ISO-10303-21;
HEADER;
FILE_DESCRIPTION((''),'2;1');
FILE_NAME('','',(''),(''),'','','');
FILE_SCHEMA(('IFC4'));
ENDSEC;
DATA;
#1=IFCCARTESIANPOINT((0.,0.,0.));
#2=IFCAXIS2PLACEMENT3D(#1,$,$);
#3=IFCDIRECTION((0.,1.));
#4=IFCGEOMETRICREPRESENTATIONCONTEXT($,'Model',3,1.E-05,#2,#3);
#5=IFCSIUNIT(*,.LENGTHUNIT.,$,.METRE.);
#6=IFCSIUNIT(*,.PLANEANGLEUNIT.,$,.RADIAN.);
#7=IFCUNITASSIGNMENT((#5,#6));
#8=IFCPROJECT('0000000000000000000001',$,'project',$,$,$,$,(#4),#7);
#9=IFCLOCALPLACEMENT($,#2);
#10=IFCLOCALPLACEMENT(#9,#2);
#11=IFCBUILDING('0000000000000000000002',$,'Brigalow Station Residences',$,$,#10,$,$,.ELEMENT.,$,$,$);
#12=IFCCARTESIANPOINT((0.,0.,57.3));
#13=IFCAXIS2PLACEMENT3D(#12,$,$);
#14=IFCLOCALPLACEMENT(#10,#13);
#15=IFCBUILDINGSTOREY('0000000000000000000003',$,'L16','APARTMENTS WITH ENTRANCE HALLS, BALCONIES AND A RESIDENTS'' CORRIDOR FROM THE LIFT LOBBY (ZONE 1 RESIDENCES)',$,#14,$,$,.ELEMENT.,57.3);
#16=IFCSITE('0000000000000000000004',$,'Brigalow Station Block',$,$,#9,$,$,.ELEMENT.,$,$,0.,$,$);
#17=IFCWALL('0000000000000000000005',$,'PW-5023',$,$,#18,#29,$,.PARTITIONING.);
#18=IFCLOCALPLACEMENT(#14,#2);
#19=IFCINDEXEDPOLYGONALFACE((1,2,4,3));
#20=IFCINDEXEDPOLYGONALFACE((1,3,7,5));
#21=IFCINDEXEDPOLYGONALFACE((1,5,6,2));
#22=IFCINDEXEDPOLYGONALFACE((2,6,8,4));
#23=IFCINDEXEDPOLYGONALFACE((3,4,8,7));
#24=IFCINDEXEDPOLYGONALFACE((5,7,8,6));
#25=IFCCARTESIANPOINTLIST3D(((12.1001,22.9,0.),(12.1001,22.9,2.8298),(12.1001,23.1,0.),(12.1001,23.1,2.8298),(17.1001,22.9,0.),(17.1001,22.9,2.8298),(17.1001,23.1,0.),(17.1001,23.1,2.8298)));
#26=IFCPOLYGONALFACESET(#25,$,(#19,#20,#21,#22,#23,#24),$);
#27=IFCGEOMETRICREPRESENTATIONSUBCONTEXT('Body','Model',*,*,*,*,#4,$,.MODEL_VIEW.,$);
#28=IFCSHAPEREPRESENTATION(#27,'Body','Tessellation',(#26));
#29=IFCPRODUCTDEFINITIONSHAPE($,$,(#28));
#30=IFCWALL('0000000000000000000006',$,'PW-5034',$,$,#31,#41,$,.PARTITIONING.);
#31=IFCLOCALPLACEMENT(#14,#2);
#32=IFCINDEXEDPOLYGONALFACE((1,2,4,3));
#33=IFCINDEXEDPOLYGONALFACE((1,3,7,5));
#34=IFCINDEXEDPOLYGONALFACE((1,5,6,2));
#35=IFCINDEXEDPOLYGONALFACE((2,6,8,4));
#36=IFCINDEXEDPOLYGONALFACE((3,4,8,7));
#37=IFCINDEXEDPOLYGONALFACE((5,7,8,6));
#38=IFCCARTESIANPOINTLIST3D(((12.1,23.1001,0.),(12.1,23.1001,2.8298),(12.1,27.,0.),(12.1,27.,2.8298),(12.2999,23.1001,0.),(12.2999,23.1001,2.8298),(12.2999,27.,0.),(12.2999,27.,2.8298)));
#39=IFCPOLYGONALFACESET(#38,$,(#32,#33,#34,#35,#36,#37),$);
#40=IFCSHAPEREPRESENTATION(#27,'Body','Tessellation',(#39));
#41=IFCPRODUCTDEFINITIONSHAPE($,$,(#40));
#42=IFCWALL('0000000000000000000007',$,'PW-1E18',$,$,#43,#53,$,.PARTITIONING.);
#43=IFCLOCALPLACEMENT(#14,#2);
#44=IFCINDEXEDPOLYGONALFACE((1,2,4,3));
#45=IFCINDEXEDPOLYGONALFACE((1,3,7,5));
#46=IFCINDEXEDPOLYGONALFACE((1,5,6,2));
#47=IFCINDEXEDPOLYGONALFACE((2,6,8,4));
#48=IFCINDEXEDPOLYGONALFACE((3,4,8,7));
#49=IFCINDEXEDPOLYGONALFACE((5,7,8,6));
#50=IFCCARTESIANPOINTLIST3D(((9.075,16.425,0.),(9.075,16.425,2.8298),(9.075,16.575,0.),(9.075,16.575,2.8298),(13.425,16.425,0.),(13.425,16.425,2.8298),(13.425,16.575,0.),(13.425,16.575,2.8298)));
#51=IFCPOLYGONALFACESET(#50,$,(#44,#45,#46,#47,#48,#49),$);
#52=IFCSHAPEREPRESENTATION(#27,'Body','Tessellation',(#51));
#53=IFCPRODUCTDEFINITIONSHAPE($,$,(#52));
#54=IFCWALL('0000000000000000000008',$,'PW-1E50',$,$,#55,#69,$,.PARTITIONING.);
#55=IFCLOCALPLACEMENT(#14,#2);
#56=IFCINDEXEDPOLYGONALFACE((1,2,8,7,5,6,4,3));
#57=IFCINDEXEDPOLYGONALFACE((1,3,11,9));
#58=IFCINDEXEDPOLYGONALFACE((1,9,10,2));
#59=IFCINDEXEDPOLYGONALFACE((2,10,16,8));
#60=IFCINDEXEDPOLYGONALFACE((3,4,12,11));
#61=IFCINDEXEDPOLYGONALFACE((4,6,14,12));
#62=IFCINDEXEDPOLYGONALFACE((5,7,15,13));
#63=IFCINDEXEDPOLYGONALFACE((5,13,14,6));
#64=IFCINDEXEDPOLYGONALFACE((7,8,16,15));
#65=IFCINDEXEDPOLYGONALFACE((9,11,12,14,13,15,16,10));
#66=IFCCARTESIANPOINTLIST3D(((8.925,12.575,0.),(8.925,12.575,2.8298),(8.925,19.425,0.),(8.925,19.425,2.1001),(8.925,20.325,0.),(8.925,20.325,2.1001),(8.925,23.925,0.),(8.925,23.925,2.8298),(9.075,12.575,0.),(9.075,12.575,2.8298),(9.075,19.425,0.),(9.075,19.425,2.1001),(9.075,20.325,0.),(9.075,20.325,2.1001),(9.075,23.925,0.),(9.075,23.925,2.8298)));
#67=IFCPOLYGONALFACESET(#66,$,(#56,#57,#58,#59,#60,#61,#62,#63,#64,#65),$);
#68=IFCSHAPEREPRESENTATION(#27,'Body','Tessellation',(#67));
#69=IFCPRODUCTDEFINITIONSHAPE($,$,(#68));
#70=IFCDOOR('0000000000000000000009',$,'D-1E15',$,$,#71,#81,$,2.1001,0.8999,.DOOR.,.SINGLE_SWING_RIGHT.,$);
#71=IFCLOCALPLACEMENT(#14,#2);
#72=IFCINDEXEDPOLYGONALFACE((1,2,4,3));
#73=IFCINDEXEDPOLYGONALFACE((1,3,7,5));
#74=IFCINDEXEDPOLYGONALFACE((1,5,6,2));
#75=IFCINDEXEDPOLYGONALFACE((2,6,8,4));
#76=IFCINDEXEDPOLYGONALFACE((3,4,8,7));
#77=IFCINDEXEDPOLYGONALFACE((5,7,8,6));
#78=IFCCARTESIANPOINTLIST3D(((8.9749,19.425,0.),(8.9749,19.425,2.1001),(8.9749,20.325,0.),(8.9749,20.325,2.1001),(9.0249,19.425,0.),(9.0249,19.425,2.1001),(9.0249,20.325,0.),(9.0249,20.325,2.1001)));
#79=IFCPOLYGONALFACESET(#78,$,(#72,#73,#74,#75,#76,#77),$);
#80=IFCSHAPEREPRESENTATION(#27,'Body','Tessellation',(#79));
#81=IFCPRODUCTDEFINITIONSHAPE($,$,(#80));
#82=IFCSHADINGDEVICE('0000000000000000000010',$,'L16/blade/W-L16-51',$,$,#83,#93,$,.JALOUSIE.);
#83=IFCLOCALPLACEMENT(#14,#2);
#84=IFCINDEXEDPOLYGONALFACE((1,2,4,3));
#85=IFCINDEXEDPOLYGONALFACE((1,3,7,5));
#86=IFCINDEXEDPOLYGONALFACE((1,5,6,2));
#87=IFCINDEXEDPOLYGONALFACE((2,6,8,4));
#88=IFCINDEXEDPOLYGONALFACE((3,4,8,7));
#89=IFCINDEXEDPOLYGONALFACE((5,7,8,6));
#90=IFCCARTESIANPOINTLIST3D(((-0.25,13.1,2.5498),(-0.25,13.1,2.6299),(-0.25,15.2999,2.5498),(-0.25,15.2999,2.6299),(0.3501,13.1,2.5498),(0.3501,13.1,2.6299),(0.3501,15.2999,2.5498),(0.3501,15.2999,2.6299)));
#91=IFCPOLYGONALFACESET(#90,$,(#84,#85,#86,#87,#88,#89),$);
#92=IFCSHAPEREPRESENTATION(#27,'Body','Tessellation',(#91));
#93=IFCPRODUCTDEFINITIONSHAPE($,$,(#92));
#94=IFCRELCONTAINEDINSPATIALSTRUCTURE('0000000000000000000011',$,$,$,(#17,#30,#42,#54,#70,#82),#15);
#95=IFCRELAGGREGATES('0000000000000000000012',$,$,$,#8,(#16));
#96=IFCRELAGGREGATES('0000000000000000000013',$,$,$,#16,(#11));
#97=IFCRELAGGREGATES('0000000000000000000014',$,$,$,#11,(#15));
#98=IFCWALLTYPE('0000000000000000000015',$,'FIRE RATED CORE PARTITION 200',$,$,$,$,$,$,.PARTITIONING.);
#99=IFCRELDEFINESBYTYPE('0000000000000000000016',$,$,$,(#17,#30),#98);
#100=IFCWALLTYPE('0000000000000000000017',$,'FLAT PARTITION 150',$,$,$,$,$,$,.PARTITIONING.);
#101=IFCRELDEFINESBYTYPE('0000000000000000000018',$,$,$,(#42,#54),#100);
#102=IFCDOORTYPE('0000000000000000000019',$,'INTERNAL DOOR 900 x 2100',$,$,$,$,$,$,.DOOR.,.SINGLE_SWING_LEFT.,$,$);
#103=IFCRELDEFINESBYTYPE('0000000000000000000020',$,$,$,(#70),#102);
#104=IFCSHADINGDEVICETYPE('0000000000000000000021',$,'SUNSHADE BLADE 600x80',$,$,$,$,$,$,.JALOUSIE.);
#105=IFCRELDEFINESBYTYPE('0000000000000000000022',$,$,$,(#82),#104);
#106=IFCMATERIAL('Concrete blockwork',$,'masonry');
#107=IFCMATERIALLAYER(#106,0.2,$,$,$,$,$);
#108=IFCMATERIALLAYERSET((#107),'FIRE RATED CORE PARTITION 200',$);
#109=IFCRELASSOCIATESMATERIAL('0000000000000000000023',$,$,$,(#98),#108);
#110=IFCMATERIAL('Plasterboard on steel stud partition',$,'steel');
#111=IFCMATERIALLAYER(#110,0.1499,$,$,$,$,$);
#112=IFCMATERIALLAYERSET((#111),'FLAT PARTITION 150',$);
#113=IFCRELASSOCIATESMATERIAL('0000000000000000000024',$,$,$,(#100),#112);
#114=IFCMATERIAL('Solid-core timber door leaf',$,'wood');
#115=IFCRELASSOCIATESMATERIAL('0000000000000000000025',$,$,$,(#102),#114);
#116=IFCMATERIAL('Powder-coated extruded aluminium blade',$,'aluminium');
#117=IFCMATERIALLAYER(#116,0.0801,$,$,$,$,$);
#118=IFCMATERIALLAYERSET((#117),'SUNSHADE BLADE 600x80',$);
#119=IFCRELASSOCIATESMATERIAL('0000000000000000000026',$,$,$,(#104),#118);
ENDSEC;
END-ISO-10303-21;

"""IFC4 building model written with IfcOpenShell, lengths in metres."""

from ifc_helpers import new_model, si_unit, direction, frame, frame_2d, origin, origin_2d, place, context, subcontext, project, spatial, rectangle, extrude, material, layer, layer_set, type_object, element, fill, save


model = new_model("IFC4")

# Units and contexts
model_context = context("Model", 3, precision=1e-05, world=origin(), true_north=direction((0.0, 1.0)))
body_context = subcontext(model_context, "Body", "Model", "MODEL_VIEW")
ifc_project = project(units=[si_unit("LENGTHUNIT", "METRE"), si_unit("PLANEANGLEUNIT", "RADIAN")], contexts=[model_context])

# Site, building, storey
site_placement = place(None, origin())
site = spatial("IfcSite", under=ifc_project, at=site_placement, Name="Brigalow Station Block", CompositionType="ELEMENT", RefElevation=0.0)
building_placement = place(site_placement, origin())
building = spatial("IfcBuilding", under=site, at=building_placement, Name="Brigalow Station Residences", CompositionType="ELEMENT")
storey_placement = place(building_placement, frame((0.0, 0.0, 57.3)))
storey = spatial("IfcBuildingStorey", under=building, at=storey_placement, Name="L16", Description="APARTMENTS WITH ENTRANCE HALLS, BALCONIES AND A RESIDENTS' CORRIDOR FROM THE LIFT LOBBY (ZONE 1 RESIDENCES)", CompositionType="ELEMENT", Elevation=57.3)

# Walls
ifc_material_1 = material(Name="Concrete blockwork", Category="masonry")
ifc_layer_1 = layer(ifc_material_1, 0.2)
ifc_layer_set_1 = layer_set([ifc_layer_1], Name="FIRE RATED CORE PARTITION 200")
wall_type_1 = type_object("IfcWallType", Name="FIRE RATED CORE PARTITION 200", PredefinedType="PARTITIONING", material=ifc_layer_set_1)
wall_1_placement = place(storey_placement, frame((12.1001, 23.0, 0.0), z_axis=(0.0, 0.0, 1.0), x_axis=(1.0, 0.0, 0.0)))
element("IfcWall", 1, at=wall_1_placement, inside=storey, type_object=wall_type_1, Name="PW-5023", PredefinedType="PARTITIONING", context=body_context, shape_type="SweptSolid", body=[
    extrude(rectangle(XDim=5.0, YDim=0.2, at=frame_2d((2.5, 0.0))), origin(), (0.0, 0.0, 1.0), 2.8298),
])
wall_2_placement = place(storey_placement, frame((12.2, 23.1001, 0.0), z_axis=(0.0, 0.0, 1.0), x_axis=(0.0, 1.0, 0.0)))
element("IfcWall", 2, at=wall_2_placement, inside=storey, type_object=wall_type_1, Name="PW-5034", PredefinedType="PARTITIONING", context=body_context, shape_type="SweptSolid", body=[
    extrude(rectangle(XDim=3.8999, YDim=0.2, at=frame_2d((1.95, 0.0))), origin(), (0.0, 0.0, 1.0), 2.8298),
])
ifc_material_2 = material(Name="Plasterboard on steel stud partition", Category="steel")
ifc_layer_2 = layer(ifc_material_2, 0.1499)
ifc_layer_set_2 = layer_set([ifc_layer_2], Name="FLAT PARTITION 150")
wall_type_2 = type_object("IfcWallType", Name="FLAT PARTITION 150", PredefinedType="PARTITIONING", material=ifc_layer_set_2)
wall_3_placement = place(storey_placement, frame((9.075, 16.5, 0.0), z_axis=(0.0, 0.0, 1.0), x_axis=(1.0, 0.0, 0.0)))
element("IfcWall", 3, at=wall_3_placement, inside=storey, type_object=wall_type_2, Name="PW-1E18", PredefinedType="PARTITIONING", context=body_context, shape_type="SweptSolid", body=[
    extrude(rectangle(XDim=4.3501, YDim=0.1499, at=frame_2d((2.175, 0.0))), origin(), (0.0, 0.0, 1.0), 2.8298),
])

# Wall, opening, door
wall_4_placement = place(storey_placement, frame((9.0, 12.575, 0.0), z_axis=(0.0, 0.0, 1.0), x_axis=(0.0, 1.0, 0.0)))
wall_4 = element("IfcWall", 4, at=wall_4_placement, inside=storey, type_object=wall_type_2, Name="PW-1E50", PredefinedType="PARTITIONING", context=body_context, shape_type="SweptSolid", body=[
    extrude(rectangle(XDim=11.3501, YDim=0.1499, at=frame_2d((5.675, 0.0))), origin(), (0.0, 0.0, 1.0), 2.8298),
])
opening_1_placement = place(wall_4_placement, frame((6.8501, 0.0, 0.0)))
opening_1 = element("IfcOpeningElement", 5, at=opening_1_placement, cuts=wall_4, PredefinedType="OPENING", context=body_context, shape_type="SweptSolid", body=[
    extrude(rectangle(XDim=0.8999, YDim=2.1001, at=frame_2d((0.45, 1.05))), frame((0.0, 0.085, 0.0), z_axis=(0.0, -1.0, 0.0), x_axis=(1.0, 0.0, 0.0)), (0.0, 0.0, 1.0), 0.1699),
])
ifc_material_3 = material(Name="Solid-core timber door leaf", Category="wood")
door_type_1 = type_object("IfcDoorType", Name="INTERNAL DOOR 900 x 2100", OperationType="SINGLE_SWING_LEFT", PredefinedType="DOOR", material=ifc_material_3)
door_1_placement = place(opening_1_placement, frame((0.8999, 0.0, 0.0), z_axis=(0.0, 0.0, 1.0), x_axis=(-1.0, 0.0, 0.0)))
door_1 = element("IfcDoor", 6, at=door_1_placement, inside=storey, type_object=door_type_1, Name="D-1E15", OperationType="SINGLE_SWING_RIGHT", OverallHeight=2.1001, OverallWidth=0.8999, PredefinedType="DOOR", context=body_context, shape_type="SweptSolid", body=[
    extrude(rectangle(XDim=0.8999, YDim=2.1001, at=frame_2d((0.45, 1.05))), frame((0.0, 0.0249, 0.0), z_axis=(0.0, -1.0, 0.0), x_axis=(1.0, 0.0, 0.0)), (0.0, 0.0, 1.0), 0.05),
])
fill(opening_1, door_1)

# Shading device
ifc_material_4 = material(Name="Powder-coated extruded aluminium blade", Category="aluminium")
ifc_layer_3 = layer(ifc_material_4, 0.0801)
ifc_layer_set_3 = layer_set([ifc_layer_3], Name="SUNSHADE BLADE 600x80")
shading_device_type = type_object("IfcShadingDeviceType", Name="SUNSHADE BLADE 600x80", PredefinedType="JALOUSIE", material=ifc_layer_set_3)
shading_device_placement = place(storey_placement, frame((0.05, 14.2, 2.5498), z_axis=(0.0, 0.0, 1.0), x_axis=(0.0, -1.0, 0.0)))
element("IfcShadingDevice", 7, at=shading_device_placement, inside=storey, type_object=shading_device_type, Name="L16/blade/W-L16-51", PredefinedType="JALOUSIE", context=body_context, shape_type="SweptSolid", body=[
    extrude(rectangle(XDim=2.2, YDim=0.6001, at=origin_2d()), origin(), (0.0, 0.0, 1.0), 0.0801),
])

save(model, "model.ifc")
